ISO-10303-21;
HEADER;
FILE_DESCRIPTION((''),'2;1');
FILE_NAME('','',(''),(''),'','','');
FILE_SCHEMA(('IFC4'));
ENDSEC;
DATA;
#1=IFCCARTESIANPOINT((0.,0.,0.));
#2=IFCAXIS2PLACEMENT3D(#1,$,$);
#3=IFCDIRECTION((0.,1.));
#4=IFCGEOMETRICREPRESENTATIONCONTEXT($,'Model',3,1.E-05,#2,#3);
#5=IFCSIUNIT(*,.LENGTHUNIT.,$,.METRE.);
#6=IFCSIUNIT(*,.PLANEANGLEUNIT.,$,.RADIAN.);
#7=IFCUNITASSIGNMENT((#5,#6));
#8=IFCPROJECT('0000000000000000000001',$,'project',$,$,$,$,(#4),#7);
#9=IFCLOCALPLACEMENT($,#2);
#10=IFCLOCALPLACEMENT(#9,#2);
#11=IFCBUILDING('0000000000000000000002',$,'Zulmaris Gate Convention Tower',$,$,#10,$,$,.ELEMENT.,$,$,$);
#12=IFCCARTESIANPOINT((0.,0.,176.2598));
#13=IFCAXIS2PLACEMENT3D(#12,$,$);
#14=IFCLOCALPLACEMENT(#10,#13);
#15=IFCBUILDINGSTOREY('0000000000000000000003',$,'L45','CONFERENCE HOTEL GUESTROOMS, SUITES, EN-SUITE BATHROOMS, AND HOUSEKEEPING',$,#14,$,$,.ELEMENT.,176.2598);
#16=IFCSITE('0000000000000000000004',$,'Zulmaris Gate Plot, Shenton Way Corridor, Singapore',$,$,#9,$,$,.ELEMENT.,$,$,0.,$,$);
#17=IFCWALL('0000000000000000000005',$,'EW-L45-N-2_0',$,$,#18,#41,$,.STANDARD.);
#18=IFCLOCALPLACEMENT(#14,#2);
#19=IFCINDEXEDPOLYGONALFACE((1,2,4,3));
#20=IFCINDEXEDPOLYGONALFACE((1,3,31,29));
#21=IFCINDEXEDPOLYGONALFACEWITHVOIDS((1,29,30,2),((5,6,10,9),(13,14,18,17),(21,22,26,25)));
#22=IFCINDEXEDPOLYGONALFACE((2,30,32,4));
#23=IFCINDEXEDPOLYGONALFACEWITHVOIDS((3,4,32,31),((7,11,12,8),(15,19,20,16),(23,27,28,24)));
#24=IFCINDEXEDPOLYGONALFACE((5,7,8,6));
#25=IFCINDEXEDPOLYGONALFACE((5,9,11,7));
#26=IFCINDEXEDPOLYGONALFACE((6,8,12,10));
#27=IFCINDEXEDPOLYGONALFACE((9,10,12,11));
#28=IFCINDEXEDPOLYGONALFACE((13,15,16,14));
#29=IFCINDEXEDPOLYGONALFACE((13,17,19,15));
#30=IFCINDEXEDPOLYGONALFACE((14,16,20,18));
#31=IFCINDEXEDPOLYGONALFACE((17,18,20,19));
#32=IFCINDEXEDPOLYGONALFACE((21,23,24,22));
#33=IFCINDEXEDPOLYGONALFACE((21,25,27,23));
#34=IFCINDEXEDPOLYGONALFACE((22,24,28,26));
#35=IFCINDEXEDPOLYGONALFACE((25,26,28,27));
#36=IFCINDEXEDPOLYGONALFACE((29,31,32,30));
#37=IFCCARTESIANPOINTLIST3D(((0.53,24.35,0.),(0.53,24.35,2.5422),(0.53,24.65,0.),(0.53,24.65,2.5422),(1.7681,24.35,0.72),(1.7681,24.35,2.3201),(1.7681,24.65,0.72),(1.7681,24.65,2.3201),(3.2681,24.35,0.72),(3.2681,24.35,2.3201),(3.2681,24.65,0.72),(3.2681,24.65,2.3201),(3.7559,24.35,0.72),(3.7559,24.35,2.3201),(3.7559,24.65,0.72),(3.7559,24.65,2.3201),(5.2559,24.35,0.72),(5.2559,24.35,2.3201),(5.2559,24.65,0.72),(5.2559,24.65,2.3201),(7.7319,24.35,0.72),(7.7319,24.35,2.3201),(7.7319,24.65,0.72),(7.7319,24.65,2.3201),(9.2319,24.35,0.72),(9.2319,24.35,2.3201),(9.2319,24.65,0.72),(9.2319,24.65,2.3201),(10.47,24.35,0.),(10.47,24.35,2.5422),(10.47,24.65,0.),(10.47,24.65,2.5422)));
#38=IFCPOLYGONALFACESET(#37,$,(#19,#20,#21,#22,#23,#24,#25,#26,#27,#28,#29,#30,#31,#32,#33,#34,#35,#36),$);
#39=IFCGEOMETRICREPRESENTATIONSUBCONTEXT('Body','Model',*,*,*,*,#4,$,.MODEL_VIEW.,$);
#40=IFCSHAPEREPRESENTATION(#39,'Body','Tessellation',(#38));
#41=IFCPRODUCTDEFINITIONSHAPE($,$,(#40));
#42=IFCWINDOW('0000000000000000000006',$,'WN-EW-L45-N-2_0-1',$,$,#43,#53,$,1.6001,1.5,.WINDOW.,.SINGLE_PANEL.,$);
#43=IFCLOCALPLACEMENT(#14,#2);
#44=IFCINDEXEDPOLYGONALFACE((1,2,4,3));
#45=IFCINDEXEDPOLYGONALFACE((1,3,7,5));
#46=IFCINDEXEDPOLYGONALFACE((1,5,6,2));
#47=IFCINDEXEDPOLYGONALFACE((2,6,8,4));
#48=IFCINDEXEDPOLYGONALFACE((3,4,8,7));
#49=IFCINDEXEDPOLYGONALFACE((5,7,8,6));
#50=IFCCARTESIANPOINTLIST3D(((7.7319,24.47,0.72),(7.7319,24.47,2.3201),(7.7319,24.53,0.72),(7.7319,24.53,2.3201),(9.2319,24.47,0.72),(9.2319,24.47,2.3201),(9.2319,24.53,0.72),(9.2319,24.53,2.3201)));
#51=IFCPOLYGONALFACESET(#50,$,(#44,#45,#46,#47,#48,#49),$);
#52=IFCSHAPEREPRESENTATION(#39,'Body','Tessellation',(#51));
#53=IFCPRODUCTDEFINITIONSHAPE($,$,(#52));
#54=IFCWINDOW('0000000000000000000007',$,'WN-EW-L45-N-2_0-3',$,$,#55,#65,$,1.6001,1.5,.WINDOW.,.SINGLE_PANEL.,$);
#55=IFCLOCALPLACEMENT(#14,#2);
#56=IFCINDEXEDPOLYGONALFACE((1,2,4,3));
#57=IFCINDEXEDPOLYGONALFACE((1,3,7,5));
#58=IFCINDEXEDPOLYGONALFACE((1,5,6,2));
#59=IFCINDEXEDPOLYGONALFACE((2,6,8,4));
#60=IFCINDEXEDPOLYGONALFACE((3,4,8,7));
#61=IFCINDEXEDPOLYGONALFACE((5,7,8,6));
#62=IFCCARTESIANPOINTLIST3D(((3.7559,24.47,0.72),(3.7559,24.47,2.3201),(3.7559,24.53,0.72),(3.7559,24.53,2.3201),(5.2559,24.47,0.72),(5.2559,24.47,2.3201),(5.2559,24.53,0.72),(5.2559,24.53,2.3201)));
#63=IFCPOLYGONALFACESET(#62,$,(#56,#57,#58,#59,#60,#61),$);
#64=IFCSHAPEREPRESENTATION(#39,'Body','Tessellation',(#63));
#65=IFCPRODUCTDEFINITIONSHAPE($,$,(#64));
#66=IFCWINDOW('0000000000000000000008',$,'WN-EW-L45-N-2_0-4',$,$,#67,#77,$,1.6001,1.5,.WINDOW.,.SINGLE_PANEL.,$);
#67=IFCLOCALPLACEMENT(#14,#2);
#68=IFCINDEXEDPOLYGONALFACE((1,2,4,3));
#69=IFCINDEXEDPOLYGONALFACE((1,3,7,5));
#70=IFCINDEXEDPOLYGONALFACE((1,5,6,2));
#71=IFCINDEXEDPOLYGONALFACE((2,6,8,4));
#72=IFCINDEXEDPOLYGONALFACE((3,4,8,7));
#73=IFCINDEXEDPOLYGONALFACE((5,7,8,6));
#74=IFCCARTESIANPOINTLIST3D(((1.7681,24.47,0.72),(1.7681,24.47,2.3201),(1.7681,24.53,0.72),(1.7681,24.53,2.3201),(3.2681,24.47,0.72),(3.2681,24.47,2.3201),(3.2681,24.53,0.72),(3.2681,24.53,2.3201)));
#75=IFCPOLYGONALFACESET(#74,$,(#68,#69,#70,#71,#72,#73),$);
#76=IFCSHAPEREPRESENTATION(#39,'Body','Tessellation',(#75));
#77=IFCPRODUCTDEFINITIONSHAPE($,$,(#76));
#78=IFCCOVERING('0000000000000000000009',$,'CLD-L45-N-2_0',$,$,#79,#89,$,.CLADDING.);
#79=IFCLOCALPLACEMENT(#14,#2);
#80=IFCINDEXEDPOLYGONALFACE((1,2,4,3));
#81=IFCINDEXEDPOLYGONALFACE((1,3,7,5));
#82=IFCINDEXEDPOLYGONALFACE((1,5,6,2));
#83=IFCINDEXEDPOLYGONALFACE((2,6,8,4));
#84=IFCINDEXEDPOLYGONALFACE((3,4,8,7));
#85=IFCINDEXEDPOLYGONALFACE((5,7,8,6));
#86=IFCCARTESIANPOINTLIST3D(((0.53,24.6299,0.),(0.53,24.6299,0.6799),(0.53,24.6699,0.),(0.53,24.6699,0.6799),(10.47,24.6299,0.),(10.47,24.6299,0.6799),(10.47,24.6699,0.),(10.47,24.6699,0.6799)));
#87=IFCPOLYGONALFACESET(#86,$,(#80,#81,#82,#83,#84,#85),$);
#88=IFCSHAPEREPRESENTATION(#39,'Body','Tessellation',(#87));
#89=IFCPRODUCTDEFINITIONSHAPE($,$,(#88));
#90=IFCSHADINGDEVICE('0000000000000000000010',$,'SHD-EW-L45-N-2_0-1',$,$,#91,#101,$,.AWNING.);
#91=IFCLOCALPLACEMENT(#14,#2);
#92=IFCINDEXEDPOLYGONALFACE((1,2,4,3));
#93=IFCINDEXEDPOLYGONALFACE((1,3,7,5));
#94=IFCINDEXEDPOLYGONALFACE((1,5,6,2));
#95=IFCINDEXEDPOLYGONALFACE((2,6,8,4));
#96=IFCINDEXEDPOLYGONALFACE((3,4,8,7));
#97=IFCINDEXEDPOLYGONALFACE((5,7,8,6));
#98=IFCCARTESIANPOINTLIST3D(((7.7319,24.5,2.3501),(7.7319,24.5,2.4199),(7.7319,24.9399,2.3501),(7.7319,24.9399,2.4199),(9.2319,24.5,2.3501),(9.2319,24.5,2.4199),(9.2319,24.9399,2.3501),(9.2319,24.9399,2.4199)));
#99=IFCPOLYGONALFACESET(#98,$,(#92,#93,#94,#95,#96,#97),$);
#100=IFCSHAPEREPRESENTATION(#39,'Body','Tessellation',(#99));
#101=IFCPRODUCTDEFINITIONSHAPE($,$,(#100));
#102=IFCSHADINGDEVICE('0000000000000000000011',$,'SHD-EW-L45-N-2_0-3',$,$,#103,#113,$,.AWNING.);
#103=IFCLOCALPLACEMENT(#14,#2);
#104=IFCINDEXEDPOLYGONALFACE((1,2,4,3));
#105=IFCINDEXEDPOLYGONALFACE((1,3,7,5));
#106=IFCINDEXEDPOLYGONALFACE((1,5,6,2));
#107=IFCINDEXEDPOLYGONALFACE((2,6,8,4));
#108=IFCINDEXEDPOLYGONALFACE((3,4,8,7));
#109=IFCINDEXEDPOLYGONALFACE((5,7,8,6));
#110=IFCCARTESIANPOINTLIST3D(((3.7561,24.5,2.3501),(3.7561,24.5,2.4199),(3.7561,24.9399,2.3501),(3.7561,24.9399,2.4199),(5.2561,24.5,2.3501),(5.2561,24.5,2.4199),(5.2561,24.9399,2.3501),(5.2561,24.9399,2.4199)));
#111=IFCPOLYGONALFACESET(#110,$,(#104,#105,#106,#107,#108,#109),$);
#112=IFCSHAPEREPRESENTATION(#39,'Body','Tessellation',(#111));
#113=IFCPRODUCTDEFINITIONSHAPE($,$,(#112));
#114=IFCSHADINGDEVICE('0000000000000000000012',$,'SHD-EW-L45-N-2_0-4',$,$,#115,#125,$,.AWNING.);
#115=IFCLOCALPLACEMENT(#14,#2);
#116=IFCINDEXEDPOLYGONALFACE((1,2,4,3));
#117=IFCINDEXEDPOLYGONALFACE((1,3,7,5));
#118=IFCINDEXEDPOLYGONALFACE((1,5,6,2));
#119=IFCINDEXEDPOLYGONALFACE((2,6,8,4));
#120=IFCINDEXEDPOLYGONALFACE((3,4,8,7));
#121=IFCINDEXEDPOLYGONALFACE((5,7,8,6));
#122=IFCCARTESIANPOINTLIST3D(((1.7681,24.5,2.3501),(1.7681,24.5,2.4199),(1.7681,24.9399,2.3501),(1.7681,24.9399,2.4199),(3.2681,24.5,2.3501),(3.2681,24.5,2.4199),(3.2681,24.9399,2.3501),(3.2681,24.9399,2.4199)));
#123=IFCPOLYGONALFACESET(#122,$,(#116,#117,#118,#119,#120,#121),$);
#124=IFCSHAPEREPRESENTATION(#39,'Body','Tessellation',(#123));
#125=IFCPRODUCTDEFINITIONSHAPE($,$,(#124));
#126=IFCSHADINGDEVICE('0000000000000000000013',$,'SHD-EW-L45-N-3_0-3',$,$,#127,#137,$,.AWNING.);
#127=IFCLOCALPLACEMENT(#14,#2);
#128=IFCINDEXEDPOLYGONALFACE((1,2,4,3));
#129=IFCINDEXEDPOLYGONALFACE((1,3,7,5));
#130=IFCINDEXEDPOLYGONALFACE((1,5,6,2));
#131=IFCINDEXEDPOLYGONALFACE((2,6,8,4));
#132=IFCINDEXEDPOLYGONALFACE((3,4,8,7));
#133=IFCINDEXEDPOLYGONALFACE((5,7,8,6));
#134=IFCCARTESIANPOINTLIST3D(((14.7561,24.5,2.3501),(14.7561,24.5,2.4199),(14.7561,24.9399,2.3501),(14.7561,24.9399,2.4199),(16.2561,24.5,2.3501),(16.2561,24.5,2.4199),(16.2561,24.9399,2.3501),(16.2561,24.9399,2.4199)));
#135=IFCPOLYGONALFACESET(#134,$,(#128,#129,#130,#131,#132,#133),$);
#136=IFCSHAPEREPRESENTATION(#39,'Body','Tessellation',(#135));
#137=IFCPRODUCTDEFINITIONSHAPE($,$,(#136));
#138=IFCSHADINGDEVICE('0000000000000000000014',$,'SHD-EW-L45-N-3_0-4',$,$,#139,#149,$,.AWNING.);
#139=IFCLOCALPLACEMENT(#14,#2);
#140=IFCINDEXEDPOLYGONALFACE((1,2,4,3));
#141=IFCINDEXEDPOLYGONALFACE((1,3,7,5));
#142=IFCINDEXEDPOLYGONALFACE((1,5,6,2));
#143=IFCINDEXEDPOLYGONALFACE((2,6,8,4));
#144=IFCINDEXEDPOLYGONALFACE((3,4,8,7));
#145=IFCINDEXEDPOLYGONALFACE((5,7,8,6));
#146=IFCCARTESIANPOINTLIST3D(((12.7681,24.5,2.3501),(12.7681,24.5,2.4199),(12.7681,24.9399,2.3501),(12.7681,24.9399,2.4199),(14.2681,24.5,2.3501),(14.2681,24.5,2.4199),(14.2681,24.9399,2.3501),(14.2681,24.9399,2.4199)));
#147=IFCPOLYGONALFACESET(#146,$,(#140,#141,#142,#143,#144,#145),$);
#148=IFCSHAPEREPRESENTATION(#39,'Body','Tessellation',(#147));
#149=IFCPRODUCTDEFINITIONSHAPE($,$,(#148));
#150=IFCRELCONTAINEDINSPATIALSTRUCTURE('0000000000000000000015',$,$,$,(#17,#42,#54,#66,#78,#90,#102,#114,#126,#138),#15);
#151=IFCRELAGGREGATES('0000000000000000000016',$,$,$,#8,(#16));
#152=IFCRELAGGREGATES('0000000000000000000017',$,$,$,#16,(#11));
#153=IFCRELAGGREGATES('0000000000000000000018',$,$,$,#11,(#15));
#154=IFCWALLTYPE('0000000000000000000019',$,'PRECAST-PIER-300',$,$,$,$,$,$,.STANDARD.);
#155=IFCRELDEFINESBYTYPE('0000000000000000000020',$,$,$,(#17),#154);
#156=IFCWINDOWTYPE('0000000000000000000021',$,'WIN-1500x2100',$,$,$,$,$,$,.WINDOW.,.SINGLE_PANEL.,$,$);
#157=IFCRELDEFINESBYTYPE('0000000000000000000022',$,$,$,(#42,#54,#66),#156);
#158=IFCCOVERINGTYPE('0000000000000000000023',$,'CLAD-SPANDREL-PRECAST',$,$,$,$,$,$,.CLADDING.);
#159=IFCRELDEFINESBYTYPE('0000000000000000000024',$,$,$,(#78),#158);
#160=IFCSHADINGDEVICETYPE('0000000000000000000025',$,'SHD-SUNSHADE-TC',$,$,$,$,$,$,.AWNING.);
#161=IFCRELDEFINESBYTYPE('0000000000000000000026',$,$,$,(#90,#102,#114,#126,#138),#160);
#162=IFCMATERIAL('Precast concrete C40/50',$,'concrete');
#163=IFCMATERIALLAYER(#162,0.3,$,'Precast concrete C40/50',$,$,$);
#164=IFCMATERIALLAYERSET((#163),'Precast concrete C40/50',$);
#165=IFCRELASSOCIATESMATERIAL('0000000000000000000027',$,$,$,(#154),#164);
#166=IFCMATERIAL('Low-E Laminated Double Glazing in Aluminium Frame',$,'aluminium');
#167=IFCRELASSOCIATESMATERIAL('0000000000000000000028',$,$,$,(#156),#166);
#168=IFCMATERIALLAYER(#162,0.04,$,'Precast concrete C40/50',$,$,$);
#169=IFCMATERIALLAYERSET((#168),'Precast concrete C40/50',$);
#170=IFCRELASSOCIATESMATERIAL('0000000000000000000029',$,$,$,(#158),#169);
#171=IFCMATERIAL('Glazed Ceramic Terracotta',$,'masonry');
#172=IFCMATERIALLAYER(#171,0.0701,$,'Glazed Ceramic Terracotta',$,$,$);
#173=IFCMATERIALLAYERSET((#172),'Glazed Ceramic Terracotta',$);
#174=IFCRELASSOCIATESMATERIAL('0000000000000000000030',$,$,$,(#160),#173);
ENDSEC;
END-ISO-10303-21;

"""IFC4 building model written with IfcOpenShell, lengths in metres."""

from ifc_helpers import new_model, si_unit, direction, frame, frame_2d, origin, place, context, subcontext, project, spatial, rectangle, extrude, material, layer, layer_set, type_object, element, fill, save


model = new_model("IFC4")

# Units and contexts
model_context = context("Model", 3, precision=1e-05, world=origin(), true_north=direction((0.0, 1.0)))
body_context = subcontext(model_context, "Body", "Model", "MODEL_VIEW")
ifc_project = project(units=[si_unit("LENGTHUNIT", "METRE"), si_unit("PLANEANGLEUNIT", "RADIAN")], contexts=[model_context])

# Site, building, storey
site_placement = place(None, origin())
site = spatial("IfcSite", under=ifc_project, at=site_placement, Name="Zulmaris Gate Plot, Shenton Way Corridor, Singapore", CompositionType="ELEMENT", RefElevation=0.0)
building_placement = place(site_placement, origin())
building = spatial("IfcBuilding", under=site, at=building_placement, Name="Zulmaris Gate Convention Tower", CompositionType="ELEMENT")
storey_placement = place(building_placement, frame((0.0, 0.0, 176.2598)))
storey = spatial("IfcBuildingStorey", under=building, at=storey_placement, Name="L45", Description="CONFERENCE HOTEL GUESTROOMS, SUITES, EN-SUITE BATHROOMS, AND HOUSEKEEPING", CompositionType="ELEMENT", Elevation=176.2598)

# Wall, openings, windows
ifc_material_1 = material(Name="Precast concrete C40/50", Category="concrete")
ifc_layer_1 = layer(ifc_material_1, 0.3, Name="Precast concrete C40/50")
ifc_layer_set_1 = layer_set([ifc_layer_1], Name="Precast concrete C40/50")
wall_type_1 = type_object("IfcWallType", Name="PRECAST-PIER-300", PredefinedType="STANDARD", material=ifc_layer_set_1)
wall_1_placement = place(storey_placement, frame((10.47, 24.5, 0.0), z_axis=(0.0, 0.0, 1.0), x_axis=(-1.0, 0.0, 0.0)))
wall_1 = element("IfcWall", 1, at=wall_1_placement, inside=storey, type_object=wall_type_1, Name="EW-L45-N-2_0", PredefinedType="STANDARD", context=body_context, shape_type="SweptSolid", body=[
    extrude(rectangle(XDim=9.9399, YDim=0.3, at=frame_2d((4.97, 0.0))), origin(), (0.0, 0.0, 1.0), 2.5422),
])
opening_1_placement = place(wall_1_placement, frame((1.238, 0.0, 0.72)))
opening_1 = element("IfcOpeningElement", 2, at=opening_1_placement, cuts=wall_1, PredefinedType="OPENING", context=body_context, shape_type="SweptSolid", body=[
    extrude(rectangle(XDim=1.5, YDim=1.6001, at=frame_2d((0.75, 0.8))), frame((0.0, 0.1602, 0.0), z_axis=(0.0, -1.0, 0.0), x_axis=(1.0, 0.0, 0.0)), (0.0, 0.0, 1.0), 0.3201),
])
opening_2_placement = place(wall_1_placement, frame((5.2141, 0.0, 0.72)))
opening_2 = element("IfcOpeningElement", 3, at=opening_2_placement, cuts=wall_1, PredefinedType="OPENING", context=body_context, shape_type="SweptSolid", body=[
    extrude(rectangle(XDim=1.5, YDim=1.6001, at=frame_2d((0.75, 0.8))), frame((0.0, 0.1602, 0.0), z_axis=(0.0, -1.0, 0.0), x_axis=(1.0, 0.0, 0.0)), (0.0, 0.0, 1.0), 0.3201),
])
opening_3_placement = place(wall_1_placement, frame((7.2019, 0.0, 0.72)))
opening_3 = element("IfcOpeningElement", 4, at=opening_3_placement, cuts=wall_1, PredefinedType="OPENING", context=body_context, shape_type="SweptSolid", body=[
    extrude(rectangle(XDim=1.5, YDim=1.6001, at=frame_2d((0.75, 0.8))), frame((0.0, 0.1602, 0.0), z_axis=(0.0, -1.0, 0.0), x_axis=(1.0, 0.0, 0.0)), (0.0, 0.0, 1.0), 0.3201),
])
ifc_material_2 = material(Name="Low-E Laminated Double Glazing in Aluminium Frame", Category="aluminium")
window_type = type_object("IfcWindowType", Name="WIN-1500x2100", PartitioningType="SINGLE_PANEL", PredefinedType="WINDOW", material=ifc_material_2)
window_1_placement = place(opening_1_placement, origin())
window_1 = element("IfcWindow", 5, at=window_1_placement, inside=storey, type_object=window_type, Name="WN-EW-L45-N-2_0-1", OverallHeight=1.6001, OverallWidth=1.5, PartitioningType="SINGLE_PANEL", PredefinedType="WINDOW", context=body_context, shape_type="SweptSolid", body=[
    extrude(rectangle(XDim=1.5, YDim=1.6001, at=frame_2d((0.75, 0.8))), frame((0.0, 0.03, 0.0), z_axis=(0.0, -1.0, 0.0), x_axis=(1.0, 0.0, 0.0)), (0.0, 0.0, 1.0), 0.0601),
])
fill(opening_1, window_1)
window_2_placement = place(opening_2_placement, origin())
window_2 = element("IfcWindow", 6, at=window_2_placement, inside=storey, type_object=window_type, Name="WN-EW-L45-N-2_0-3", OverallHeight=1.6001, OverallWidth=1.5, PartitioningType="SINGLE_PANEL", PredefinedType="WINDOW", context=body_context, shape_type="SweptSolid", body=[
    extrude(rectangle(XDim=1.5, YDim=1.6001, at=frame_2d((0.75, 0.8))), frame((0.0, 0.03, 0.0), z_axis=(0.0, -1.0, 0.0), x_axis=(1.0, 0.0, 0.0)), (0.0, 0.0, 1.0), 0.0601),
])
fill(opening_2, window_2)
window_3_placement = place(opening_3_placement, origin())
window_3 = element("IfcWindow", 7, at=window_3_placement, inside=storey, type_object=window_type, Name="WN-EW-L45-N-2_0-4", OverallHeight=1.6001, OverallWidth=1.5, PartitioningType="SINGLE_PANEL", PredefinedType="WINDOW", context=body_context, shape_type="SweptSolid", body=[
    extrude(rectangle(XDim=1.5, YDim=1.6001, at=frame_2d((0.75, 0.8))), frame((0.0, 0.03, 0.0), z_axis=(0.0, -1.0, 0.0), x_axis=(1.0, 0.0, 0.0)), (0.0, 0.0, 1.0), 0.0601),
])
fill(opening_3, window_3)

# Covering
ifc_layer_2 = layer(ifc_material_1, 0.04, Name="Precast concrete C40/50")
ifc_layer_set_2 = layer_set([ifc_layer_2], Name="Precast concrete C40/50")
covering_type = type_object("IfcCoveringType", Name="CLAD-SPANDREL-PRECAST", PredefinedType="CLADDING", material=ifc_layer_set_2)
covering_placement = place(storey_placement, frame((10.47, 24.6499, 0.0), z_axis=(0.0, 0.0, 1.0), x_axis=(-1.0, 0.0, 0.0)))
element("IfcCovering", 8, at=covering_placement, inside=storey, type_object=covering_type, Name="CLD-L45-N-2_0", PredefinedType="CLADDING", context=body_context, shape_type="SweptSolid", body=[
    extrude(rectangle(XDim=9.9399, YDim=0.04, at=frame_2d((4.97, 0.0))), origin(), (0.0, 0.0, 1.0), 0.6799),
])

# Shading devices
ifc_material_3 = material(Name="Glazed Ceramic Terracotta", Category="masonry")
ifc_layer_3 = layer(ifc_material_3, 0.0701, Name="Glazed Ceramic Terracotta")
ifc_layer_set_3 = layer_set([ifc_layer_3], Name="Glazed Ceramic Terracotta")
shading_device_type = type_object("IfcShadingDeviceType", Name="SHD-SUNSHADE-TC", PredefinedType="AWNING", material=ifc_layer_set_3)
for number, where, z_axis, x_axis, name in (
    (9, (9.2319, 24.72, 2.3501), (0.0, 0.0, 1.0), (-1.0, 0.0, 0.0), "SHD-EW-L45-N-2_0-1"),
    (10, (5.2561, 24.72, 2.3501), (0.0, 0.0, 1.0), (-1.0, 0.0, 0.0), "SHD-EW-L45-N-2_0-3"),
    (11, (3.2681, 24.72, 2.3501), (0.0, 0.0, 1.0), (-1.0, 0.0, 0.0), "SHD-EW-L45-N-2_0-4"),
    (12, (16.2561, 24.72, 2.3501), (0.0, 0.0, 1.0), (-1.0, 0.0, 0.0), "SHD-EW-L45-N-3_0-3"),
    (13, (14.2681, 24.72, 2.3501), (0.0, 0.0, 1.0), (-1.0, 0.0, 0.0), "SHD-EW-L45-N-3_0-4"),
):
    element("IfcShadingDevice", number, at=place(storey_placement, frame(where, z_axis=z_axis, x_axis=x_axis)), inside=storey, type_object=shading_device_type, Name=name, PredefinedType="AWNING", context=body_context, shape_type="SweptSolid", body=[
        extrude(rectangle(XDim=1.5, YDim=0.4399, at=frame_2d((0.75, 0.0))), origin(), (0.0, 0.0, 1.0), 0.0698),
    ])

save(model, "model.ifc")
